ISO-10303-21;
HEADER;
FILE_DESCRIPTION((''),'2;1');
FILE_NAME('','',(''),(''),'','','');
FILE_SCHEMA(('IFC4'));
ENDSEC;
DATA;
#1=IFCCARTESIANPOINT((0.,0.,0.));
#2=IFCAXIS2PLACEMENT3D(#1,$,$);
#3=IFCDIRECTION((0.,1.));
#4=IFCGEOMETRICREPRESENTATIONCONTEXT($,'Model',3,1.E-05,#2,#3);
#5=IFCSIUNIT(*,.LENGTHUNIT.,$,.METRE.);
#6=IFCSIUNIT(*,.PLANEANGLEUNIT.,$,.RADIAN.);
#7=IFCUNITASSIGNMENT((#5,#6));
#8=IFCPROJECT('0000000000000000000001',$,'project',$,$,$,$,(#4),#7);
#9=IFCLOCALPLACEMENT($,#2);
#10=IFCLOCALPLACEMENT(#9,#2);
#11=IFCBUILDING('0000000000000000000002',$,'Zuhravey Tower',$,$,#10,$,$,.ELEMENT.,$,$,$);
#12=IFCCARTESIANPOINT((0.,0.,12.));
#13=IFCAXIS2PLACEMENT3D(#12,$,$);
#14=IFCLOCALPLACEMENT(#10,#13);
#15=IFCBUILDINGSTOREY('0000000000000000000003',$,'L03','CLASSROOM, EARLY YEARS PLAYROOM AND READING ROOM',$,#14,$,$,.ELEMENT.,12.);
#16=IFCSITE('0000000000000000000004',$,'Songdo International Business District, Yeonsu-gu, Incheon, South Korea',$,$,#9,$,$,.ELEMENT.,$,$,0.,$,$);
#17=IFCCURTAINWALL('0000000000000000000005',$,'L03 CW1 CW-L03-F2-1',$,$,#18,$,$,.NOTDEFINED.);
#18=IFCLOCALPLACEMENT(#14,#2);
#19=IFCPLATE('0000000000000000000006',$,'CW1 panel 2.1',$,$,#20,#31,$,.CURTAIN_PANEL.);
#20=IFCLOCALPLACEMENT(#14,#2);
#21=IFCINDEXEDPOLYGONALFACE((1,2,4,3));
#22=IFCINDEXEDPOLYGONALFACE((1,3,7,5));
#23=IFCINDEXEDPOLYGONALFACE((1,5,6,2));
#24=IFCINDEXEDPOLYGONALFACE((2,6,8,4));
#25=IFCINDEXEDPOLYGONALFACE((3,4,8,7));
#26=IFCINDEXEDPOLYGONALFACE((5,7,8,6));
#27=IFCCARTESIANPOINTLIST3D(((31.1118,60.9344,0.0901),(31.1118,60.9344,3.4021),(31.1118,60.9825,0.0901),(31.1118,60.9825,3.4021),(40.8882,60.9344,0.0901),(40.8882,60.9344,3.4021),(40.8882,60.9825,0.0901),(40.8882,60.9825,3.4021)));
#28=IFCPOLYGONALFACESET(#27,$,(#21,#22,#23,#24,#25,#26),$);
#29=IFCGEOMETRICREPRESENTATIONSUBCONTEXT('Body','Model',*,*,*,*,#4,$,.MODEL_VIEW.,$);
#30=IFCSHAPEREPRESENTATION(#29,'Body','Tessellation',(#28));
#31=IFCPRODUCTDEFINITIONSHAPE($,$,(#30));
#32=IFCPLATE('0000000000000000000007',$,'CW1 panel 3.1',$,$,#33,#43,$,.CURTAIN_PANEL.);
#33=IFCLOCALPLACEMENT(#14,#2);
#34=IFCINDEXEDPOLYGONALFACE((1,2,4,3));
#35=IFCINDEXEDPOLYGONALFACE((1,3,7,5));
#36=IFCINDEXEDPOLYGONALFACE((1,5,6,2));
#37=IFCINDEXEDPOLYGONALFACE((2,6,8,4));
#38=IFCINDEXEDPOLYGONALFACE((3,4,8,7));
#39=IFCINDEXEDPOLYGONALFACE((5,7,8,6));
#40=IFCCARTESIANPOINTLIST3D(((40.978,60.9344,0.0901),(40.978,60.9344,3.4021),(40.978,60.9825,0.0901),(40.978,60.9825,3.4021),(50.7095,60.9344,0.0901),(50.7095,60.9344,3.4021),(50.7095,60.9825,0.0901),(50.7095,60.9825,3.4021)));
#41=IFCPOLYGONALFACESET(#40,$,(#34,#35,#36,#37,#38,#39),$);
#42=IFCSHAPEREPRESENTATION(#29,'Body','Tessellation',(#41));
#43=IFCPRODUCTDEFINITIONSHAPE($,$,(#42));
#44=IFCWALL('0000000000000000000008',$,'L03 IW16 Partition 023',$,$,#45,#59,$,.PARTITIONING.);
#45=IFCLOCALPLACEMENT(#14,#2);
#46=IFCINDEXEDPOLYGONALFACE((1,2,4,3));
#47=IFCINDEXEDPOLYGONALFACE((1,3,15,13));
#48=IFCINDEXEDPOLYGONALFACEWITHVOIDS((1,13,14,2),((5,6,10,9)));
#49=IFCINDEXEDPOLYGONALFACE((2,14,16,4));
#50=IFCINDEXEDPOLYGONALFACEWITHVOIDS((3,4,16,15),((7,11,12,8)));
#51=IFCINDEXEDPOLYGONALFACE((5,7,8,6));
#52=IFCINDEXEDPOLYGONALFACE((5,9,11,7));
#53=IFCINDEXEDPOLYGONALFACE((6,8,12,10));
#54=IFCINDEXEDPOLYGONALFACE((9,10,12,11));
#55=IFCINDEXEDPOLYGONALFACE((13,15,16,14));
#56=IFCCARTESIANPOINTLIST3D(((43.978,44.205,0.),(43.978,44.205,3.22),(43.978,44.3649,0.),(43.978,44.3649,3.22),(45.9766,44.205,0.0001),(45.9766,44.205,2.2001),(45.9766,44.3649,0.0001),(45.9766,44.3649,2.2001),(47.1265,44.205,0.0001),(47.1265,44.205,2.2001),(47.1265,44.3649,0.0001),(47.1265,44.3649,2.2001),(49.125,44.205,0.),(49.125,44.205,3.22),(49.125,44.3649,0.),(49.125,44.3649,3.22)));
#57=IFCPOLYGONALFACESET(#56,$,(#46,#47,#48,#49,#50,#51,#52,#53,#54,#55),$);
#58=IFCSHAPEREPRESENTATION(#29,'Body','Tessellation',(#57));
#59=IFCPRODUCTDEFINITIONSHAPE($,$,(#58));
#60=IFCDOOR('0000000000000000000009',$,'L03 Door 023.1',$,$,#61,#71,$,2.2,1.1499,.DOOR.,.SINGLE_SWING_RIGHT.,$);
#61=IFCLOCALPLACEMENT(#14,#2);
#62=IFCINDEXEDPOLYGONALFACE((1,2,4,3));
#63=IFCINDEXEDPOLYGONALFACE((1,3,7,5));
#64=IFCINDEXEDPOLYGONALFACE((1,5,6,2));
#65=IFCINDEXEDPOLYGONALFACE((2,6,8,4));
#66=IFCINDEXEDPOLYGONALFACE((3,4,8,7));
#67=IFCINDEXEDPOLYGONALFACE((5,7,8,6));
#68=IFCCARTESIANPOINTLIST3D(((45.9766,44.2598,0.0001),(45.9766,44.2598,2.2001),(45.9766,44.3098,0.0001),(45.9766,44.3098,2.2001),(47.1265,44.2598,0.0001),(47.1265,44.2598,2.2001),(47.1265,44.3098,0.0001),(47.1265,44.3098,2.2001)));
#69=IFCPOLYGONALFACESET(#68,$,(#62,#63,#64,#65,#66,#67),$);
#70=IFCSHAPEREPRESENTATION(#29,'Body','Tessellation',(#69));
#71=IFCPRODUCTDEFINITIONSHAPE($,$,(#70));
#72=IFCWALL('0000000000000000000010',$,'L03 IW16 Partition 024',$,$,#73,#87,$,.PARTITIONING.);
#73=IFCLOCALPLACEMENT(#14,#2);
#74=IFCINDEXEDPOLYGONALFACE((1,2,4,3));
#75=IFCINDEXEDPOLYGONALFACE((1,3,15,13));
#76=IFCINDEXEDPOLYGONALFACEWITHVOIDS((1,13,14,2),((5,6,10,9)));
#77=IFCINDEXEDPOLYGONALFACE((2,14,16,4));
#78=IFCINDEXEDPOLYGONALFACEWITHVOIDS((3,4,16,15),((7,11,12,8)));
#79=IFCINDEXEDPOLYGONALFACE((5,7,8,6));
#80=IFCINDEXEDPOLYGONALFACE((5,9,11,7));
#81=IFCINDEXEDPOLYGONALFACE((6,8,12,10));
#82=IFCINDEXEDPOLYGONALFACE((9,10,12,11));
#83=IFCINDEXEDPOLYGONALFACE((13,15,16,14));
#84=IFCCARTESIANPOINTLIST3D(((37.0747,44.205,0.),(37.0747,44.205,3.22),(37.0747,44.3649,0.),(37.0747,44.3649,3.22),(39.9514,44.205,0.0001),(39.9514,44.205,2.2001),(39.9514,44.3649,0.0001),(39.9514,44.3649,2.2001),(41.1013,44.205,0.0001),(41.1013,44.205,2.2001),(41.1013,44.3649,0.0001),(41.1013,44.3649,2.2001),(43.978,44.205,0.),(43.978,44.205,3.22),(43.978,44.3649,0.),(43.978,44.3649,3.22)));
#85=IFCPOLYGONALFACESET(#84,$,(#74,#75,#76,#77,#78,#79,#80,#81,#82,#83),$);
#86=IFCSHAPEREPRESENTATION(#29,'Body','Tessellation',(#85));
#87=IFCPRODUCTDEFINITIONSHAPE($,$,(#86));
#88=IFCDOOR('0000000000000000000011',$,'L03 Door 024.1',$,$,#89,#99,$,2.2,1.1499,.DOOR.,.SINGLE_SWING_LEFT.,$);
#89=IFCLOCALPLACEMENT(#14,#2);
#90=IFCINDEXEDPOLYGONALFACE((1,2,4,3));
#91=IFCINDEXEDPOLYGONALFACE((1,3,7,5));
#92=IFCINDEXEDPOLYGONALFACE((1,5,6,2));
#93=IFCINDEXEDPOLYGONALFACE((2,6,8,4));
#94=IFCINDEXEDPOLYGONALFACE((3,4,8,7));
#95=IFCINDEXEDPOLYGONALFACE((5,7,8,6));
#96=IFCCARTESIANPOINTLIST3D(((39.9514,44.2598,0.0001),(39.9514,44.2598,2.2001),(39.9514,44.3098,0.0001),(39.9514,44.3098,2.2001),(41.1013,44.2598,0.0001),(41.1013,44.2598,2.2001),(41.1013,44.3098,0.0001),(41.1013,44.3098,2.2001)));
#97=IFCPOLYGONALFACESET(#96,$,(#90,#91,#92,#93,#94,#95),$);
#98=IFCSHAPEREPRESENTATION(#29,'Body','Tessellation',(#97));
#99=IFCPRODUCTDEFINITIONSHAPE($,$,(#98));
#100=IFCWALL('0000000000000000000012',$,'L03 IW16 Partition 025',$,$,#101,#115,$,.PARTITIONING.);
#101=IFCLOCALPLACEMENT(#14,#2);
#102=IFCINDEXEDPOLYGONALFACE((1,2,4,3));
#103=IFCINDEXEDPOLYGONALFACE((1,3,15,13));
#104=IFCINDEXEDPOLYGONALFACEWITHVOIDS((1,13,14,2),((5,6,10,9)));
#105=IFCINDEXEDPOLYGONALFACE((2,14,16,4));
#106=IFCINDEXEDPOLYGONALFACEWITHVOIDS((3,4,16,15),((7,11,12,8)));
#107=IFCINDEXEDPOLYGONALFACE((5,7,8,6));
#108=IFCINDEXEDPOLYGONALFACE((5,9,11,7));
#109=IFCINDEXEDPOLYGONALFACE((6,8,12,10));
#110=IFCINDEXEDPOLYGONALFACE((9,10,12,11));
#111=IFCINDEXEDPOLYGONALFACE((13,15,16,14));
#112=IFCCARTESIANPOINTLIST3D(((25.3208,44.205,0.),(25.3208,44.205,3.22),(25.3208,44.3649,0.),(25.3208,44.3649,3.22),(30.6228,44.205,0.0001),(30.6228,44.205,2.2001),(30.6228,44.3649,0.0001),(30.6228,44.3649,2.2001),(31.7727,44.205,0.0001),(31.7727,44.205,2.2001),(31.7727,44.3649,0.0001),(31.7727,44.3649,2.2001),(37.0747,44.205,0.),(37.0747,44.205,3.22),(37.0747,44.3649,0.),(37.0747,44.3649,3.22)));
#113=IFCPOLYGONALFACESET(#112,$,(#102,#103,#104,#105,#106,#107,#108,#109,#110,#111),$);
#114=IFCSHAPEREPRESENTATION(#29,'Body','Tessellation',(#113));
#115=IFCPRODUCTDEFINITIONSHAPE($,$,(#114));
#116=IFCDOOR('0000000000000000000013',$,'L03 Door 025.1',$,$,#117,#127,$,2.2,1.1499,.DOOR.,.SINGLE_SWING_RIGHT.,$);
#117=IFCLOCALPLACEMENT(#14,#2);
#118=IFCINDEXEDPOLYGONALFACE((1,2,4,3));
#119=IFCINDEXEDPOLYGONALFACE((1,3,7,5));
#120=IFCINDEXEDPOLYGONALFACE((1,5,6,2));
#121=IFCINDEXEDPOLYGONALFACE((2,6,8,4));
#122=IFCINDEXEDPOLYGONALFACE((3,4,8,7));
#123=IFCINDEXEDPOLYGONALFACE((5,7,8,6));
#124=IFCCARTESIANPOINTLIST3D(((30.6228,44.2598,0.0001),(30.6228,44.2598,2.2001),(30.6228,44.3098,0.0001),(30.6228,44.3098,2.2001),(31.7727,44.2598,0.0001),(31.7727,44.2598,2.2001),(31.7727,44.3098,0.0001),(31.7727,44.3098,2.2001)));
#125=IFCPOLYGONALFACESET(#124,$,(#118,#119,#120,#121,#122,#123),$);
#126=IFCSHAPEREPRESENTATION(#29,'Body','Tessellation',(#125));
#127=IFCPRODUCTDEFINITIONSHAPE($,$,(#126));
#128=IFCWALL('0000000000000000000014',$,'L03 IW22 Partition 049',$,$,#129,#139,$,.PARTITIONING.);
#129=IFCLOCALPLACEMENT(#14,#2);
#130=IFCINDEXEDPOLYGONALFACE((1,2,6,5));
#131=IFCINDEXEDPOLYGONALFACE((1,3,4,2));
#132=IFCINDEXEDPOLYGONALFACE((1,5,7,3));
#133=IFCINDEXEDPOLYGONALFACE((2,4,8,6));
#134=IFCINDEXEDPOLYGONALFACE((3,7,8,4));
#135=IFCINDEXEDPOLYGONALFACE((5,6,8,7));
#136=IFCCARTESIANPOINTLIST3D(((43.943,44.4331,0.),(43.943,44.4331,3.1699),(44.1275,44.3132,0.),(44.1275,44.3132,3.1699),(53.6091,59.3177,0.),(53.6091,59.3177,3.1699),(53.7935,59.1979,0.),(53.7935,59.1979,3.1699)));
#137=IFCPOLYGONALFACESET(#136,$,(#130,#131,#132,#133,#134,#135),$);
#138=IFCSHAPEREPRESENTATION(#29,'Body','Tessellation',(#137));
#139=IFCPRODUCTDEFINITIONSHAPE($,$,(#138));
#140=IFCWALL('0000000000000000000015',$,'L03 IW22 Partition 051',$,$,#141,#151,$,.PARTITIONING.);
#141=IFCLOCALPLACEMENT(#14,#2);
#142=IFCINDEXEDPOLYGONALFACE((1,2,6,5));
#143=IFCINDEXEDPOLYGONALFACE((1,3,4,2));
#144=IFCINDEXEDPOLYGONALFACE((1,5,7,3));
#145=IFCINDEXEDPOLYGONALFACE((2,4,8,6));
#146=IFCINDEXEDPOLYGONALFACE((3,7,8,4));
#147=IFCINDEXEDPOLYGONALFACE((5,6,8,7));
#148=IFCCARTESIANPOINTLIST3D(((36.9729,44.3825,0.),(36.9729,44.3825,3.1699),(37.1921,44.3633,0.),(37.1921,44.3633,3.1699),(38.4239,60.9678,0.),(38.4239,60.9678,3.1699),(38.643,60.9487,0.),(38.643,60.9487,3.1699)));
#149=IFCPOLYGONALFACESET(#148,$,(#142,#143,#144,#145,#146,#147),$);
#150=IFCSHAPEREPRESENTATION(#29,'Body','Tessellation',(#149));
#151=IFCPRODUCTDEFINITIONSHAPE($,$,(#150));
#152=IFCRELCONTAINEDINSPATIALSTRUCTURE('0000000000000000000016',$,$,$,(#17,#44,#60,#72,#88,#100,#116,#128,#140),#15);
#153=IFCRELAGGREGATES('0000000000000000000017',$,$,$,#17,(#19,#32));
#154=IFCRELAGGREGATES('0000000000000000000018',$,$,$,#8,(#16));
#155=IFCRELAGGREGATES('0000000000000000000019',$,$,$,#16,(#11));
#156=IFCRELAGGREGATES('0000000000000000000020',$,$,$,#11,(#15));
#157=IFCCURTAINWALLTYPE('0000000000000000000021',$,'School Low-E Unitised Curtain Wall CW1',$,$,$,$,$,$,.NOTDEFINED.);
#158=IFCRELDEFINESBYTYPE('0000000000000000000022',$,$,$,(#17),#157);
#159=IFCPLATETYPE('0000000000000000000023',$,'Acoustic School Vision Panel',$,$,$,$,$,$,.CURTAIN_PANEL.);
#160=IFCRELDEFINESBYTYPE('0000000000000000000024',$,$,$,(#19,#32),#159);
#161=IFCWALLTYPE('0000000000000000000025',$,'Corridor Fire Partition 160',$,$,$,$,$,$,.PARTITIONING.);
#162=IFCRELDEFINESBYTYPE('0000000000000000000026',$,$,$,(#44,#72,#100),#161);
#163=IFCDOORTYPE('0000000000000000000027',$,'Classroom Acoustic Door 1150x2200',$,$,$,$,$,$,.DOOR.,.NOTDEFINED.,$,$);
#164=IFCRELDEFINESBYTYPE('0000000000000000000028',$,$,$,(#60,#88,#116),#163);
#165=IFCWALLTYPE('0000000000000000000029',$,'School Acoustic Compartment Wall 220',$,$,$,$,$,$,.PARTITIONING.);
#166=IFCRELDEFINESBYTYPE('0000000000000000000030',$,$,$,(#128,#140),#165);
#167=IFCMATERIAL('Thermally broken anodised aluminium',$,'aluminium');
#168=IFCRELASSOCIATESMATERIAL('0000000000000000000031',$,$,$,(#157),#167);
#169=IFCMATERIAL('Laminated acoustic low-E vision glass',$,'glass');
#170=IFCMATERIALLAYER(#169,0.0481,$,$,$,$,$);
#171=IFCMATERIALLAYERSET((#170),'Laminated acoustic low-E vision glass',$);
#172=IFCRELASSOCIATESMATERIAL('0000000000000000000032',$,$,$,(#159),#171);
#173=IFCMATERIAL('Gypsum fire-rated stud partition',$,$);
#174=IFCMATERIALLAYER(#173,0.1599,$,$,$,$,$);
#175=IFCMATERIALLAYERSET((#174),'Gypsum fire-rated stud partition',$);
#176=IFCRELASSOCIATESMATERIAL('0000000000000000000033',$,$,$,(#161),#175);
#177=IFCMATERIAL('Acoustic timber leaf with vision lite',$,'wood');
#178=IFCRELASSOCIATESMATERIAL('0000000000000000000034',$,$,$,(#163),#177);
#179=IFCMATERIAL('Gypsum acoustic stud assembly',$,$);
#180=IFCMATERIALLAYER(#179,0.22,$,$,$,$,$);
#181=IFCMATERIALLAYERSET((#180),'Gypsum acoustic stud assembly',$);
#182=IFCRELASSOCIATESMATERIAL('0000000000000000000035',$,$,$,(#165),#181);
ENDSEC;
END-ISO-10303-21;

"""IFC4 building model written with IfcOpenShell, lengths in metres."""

from ifc_helpers import new_model, si_unit, direction, frame, frame_2d, origin, origin_2d, place, context, subcontext, project, spatial, rectangle, extrude, material, layer, layer_set, type_object, element, fill, aggregate, save


model = new_model("IFC4")

# Units and contexts
model_context = context("Model", 3, precision=1e-05, world=origin(), true_north=direction((0.0, 1.0)))
body_context = subcontext(model_context, "Body", "Model", "MODEL_VIEW")
ifc_project = project(units=[si_unit("LENGTHUNIT", "METRE"), si_unit("PLANEANGLEUNIT", "RADIAN")], contexts=[model_context])

# Site, building, storey
site_placement = place(None, origin())
site = spatial("IfcSite", under=ifc_project, at=site_placement, Name="Songdo International Business District, Yeonsu-gu, Incheon, South Korea", CompositionType="ELEMENT", RefElevation=0.0)
building_placement = place(site_placement, origin())
building = spatial("IfcBuilding", under=site, at=building_placement, Name="Zuhravey Tower", CompositionType="ELEMENT")
storey_placement = place(building_placement, frame((0.0, 0.0, 12.0)))
storey = spatial("IfcBuildingStorey", under=building, at=storey_placement, Name="L03", Description="CLASSROOM, EARLY YEARS PLAYROOM AND READING ROOM", CompositionType="ELEMENT", Elevation=12.0)

# Curtain wall
ifc_material_1 = material(Name="Thermally broken anodised aluminium", Category="aluminium")
curtain_wall_type = type_object("IfcCurtainWallType", Name="School Low-E Unitised Curtain Wall CW1", PredefinedType="NOTDEFINED", material=ifc_material_1)
curtain_wall_placement = place(storey_placement, origin())
curtain_wall = element("IfcCurtainWall", 1, at=curtain_wall_placement, inside=storey, type_object=curtain_wall_type, Name="L03 CW1 CW-L03-F2-1", PredefinedType="NOTDEFINED")

# Plates
ifc_material_2 = material(Name="Laminated acoustic low-E vision glass", Category="glass")
ifc_layer_1 = layer(ifc_material_2, 0.0481)
ifc_layer_set_1 = layer_set([ifc_layer_1], Name="Laminated acoustic low-E vision glass")
plate_type = type_object("IfcPlateType", Name="Acoustic School Vision Panel", PredefinedType="CURTAIN_PANEL", material=ifc_layer_set_1)
plate_1_placement = place(storey_placement, frame((36.0, 60.9585, 0.0901), z_axis=(0.0, 0.0, 1.0), x_axis=(1.0, 0.0, 0.0)))
plate_1 = element("IfcPlate", 2, at=plate_1_placement, type_object=plate_type, Name="CW1 panel 2.1", PredefinedType="CURTAIN_PANEL", context=body_context, shape_type="SweptSolid", body=[
    extrude(rectangle(XDim=9.7764, YDim=0.0481, at=origin_2d()), origin(), (0.0, 0.0, 1.0), 3.312),
])
plate_2_placement = place(storey_placement, frame((45.8438, 60.9585, 0.0901), z_axis=(0.0, 0.0, 1.0), x_axis=(1.0, 0.0, 0.0)))
plate_2 = element("IfcPlate", 3, at=plate_2_placement, type_object=plate_type, Name="CW1 panel 3.1", PredefinedType="CURTAIN_PANEL", context=body_context, shape_type="SweptSolid", body=[
    extrude(rectangle(XDim=9.7314, YDim=0.0481, at=origin_2d()), origin(), (0.0, 0.0, 1.0), 3.312),
])
aggregate(curtain_wall, [plate_1, plate_2])

# Walls, openings, doors
ifc_material_3 = material(Name="Gypsum fire-rated stud partition")
ifc_layer_2 = layer(ifc_material_3, 0.1599)
ifc_layer_set_2 = layer_set([ifc_layer_2], Name="Gypsum fire-rated stud partition")
wall_type_1 = type_object("IfcWallType", Name="Corridor Fire Partition 160", PredefinedType="PARTITIONING", material=ifc_layer_set_2)
wall_1_placement = place(storey_placement, frame((49.125, 44.2849, 0.0), z_axis=(0.0, 0.0, 1.0), x_axis=(-1.0, 0.0, 0.0)))
wall_1 = element("IfcWall", 4, at=wall_1_placement, inside=storey, type_object=wall_type_1, Name="L03 IW16 Partition 023", PredefinedType="PARTITIONING", context=body_context, shape_type="SweptSolid", body=[
    extrude(rectangle(XDim=5.147, YDim=0.1599, at=frame_2d((2.5735, 0.0))), origin(), (0.0, 0.0, 1.0), 3.22),
])
opening_1_placement = place(wall_1_placement, frame((1.9985, 0.0, 0.0)))
opening_1 = element("IfcOpeningElement", 5, at=opening_1_placement, cuts=wall_1, PredefinedType="OPENING", context=body_context, shape_type="SweptSolid", body=[
    extrude(rectangle(XDim=1.1499, YDim=2.2, at=frame_2d((0.575, 1.1001))), frame((0.0, 0.092, 0.0), z_axis=(0.0, -1.0, 0.0), x_axis=(1.0, 0.0, 0.0)), (0.0, 0.0, 1.0), 0.1838),
])
ifc_material_4 = material(Name="Acoustic timber leaf with vision lite", Category="wood")
door_type = type_object("IfcDoorType", Name="Classroom Acoustic Door 1150x2200", OperationType="NOTDEFINED", PredefinedType="DOOR", material=ifc_material_4)
door_1_placement = place(opening_1_placement, frame((1.1499, 0.0, 0.0), z_axis=(0.0, 0.0, 1.0), x_axis=(-1.0, 0.0, 0.0)))
door_1 = element("IfcDoor", 6, at=door_1_placement, inside=storey, type_object=door_type, Name="L03 Door 023.1", OperationType="SINGLE_SWING_RIGHT", OverallHeight=2.2, OverallWidth=1.1499, PredefinedType="DOOR", context=body_context, shape_type="SweptSolid", body=[
    extrude(rectangle(XDim=1.1499, YDim=2.2, at=frame_2d((0.575, 1.1001))), frame((0.0, 0.0249, 0.0), z_axis=(0.0, -1.0, 0.0), x_axis=(1.0, 0.0, 0.0)), (0.0, 0.0, 1.0), 0.05),
])
fill(opening_1, door_1)
wall_2_placement = place(storey_placement, frame((43.978, 44.2849, 0.0), z_axis=(0.0, 0.0, 1.0), x_axis=(-1.0, 0.0, 0.0)))
wall_2 = element("IfcWall", 7, at=wall_2_placement, inside=storey, type_object=wall_type_1, Name="L03 IW16 Partition 024", PredefinedType="PARTITIONING", context=body_context, shape_type="SweptSolid", body=[
    extrude(rectangle(XDim=6.9033, YDim=0.1599, at=frame_2d((3.4517, 0.0))), origin(), (0.0, 0.0, 1.0), 3.22),
])
opening_2_placement = place(wall_2_placement, frame((2.8767, 0.0, 0.0)))
opening_2 = element("IfcOpeningElement", 8, at=opening_2_placement, cuts=wall_2, PredefinedType="OPENING", context=body_context, shape_type="SweptSolid", body=[
    extrude(rectangle(XDim=1.1499, YDim=2.2, at=frame_2d((0.575, 1.1001))), frame((0.0, 0.092, 0.0), z_axis=(0.0, -1.0, 0.0), x_axis=(1.0, 0.0, 0.0)), (0.0, 0.0, 1.0), 0.1838),
])
door_2_placement = place(opening_2_placement, frame((1.1499, 0.0, 0.0), z_axis=(0.0, 0.0, 1.0), x_axis=(-1.0, 0.0, 0.0)))
door_2 = element("IfcDoor", 9, at=door_2_placement, inside=storey, type_object=door_type, Name="L03 Door 024.1", OperationType="SINGLE_SWING_LEFT", OverallHeight=2.2, OverallWidth=1.1499, PredefinedType="DOOR", context=body_context, shape_type="SweptSolid", body=[
    extrude(rectangle(XDim=1.1499, YDim=2.2, at=frame_2d((0.575, 1.1001))), frame((0.0, 0.0249, 0.0), z_axis=(0.0, -1.0, 0.0), x_axis=(1.0, 0.0, 0.0)), (0.0, 0.0, 1.0), 0.05),
])
fill(opening_2, door_2)
wall_3_placement = place(storey_placement, frame((37.0747, 44.2849, 0.0), z_axis=(0.0, 0.0, 1.0), x_axis=(-1.0, 0.0, 0.0)))
wall_3 = element("IfcWall", 10, at=wall_3_placement, inside=storey, type_object=wall_type_1, Name="L03 IW16 Partition 025", PredefinedType="PARTITIONING", context=body_context, shape_type="SweptSolid", body=[
    extrude(rectangle(XDim=11.7539, YDim=0.1599, at=frame_2d((5.877, 0.0))), origin(), (0.0, 0.0, 1.0), 3.22),
])
opening_3_placement = place(wall_3_placement, frame((5.302, 0.0, 0.0)))
opening_3 = element("IfcOpeningElement", 11, at=opening_3_placement, cuts=wall_3, PredefinedType="OPENING", context=body_context, shape_type="SweptSolid", body=[
    extrude(rectangle(XDim=1.1499, YDim=2.2, at=frame_2d((0.575, 1.1001))), frame((0.0, 0.092, 0.0), z_axis=(0.0, -1.0, 0.0), x_axis=(1.0, 0.0, 0.0)), (0.0, 0.0, 1.0), 0.1838),
])
door_3_placement = place(opening_3_placement, frame((1.1499, 0.0, 0.0), z_axis=(0.0, 0.0, 1.0), x_axis=(-1.0, 0.0, 0.0)))
door_3 = element("IfcDoor", 12, at=door_3_placement, inside=storey, type_object=door_type, Name="L03 Door 025.1", OperationType="SINGLE_SWING_RIGHT", OverallHeight=2.2, OverallWidth=1.1499, PredefinedType="DOOR", context=body_context, shape_type="SweptSolid", body=[
    extrude(rectangle(XDim=1.1499, YDim=2.2, at=frame_2d((0.575, 1.1001))), frame((0.0, 0.0249, 0.0), z_axis=(0.0, -1.0, 0.0), x_axis=(1.0, 0.0, 0.0)), (0.0, 0.0, 1.0), 0.05),
])
fill(opening_3, door_3)

# Walls
ifc_material_5 = material(Name="Gypsum acoustic stud assembly")
ifc_layer_3 = layer(ifc_material_5, 0.22)
ifc_layer_set_3 = layer_set([ifc_layer_3], Name="Gypsum acoustic stud assembly")
wall_type_2 = type_object("IfcWallType", Name="School Acoustic Compartment Wall 220", PredefinedType="PARTITIONING", material=ifc_layer_set_3)
wall_4_placement = place(storey_placement, frame((44.0352, 44.373, 0.0), z_axis=(0.0, 0.0, 1.0), x_axis=(0.544635, 0.838673, 0.0)))
element("IfcWall", 13, at=wall_4_placement, inside=storey, type_object=wall_type_2, Name="L03 IW22 Partition 049", PredefinedType="PARTITIONING", context=body_context, shape_type="SweptSolid", body=[
    extrude(rectangle(XDim=17.7478, YDim=0.22, at=frame_2d((8.874, 0.0))), origin(), (0.0, 0.0, 1.0), 3.1699),
])
wall_5_placement = place(storey_placement, frame((37.0825, 44.373, 0.0), z_axis=(0.0, 0.0, 1.0), x_axis=(0.087149, 0.996195, 0.0)))
element("IfcWall", 14, at=wall_5_placement, inside=storey, type_object=wall_type_2, Name="L03 IW22 Partition 051", PredefinedType="PARTITIONING", context=body_context, shape_type="SweptSolid", body=[
    extrude(rectangle(XDim=16.6487, YDim=0.22, at=frame_2d((8.3242, 0.0))), origin(), (0.0, 0.0, 1.0), 3.1699),
])

save(model, "model.ifc")
